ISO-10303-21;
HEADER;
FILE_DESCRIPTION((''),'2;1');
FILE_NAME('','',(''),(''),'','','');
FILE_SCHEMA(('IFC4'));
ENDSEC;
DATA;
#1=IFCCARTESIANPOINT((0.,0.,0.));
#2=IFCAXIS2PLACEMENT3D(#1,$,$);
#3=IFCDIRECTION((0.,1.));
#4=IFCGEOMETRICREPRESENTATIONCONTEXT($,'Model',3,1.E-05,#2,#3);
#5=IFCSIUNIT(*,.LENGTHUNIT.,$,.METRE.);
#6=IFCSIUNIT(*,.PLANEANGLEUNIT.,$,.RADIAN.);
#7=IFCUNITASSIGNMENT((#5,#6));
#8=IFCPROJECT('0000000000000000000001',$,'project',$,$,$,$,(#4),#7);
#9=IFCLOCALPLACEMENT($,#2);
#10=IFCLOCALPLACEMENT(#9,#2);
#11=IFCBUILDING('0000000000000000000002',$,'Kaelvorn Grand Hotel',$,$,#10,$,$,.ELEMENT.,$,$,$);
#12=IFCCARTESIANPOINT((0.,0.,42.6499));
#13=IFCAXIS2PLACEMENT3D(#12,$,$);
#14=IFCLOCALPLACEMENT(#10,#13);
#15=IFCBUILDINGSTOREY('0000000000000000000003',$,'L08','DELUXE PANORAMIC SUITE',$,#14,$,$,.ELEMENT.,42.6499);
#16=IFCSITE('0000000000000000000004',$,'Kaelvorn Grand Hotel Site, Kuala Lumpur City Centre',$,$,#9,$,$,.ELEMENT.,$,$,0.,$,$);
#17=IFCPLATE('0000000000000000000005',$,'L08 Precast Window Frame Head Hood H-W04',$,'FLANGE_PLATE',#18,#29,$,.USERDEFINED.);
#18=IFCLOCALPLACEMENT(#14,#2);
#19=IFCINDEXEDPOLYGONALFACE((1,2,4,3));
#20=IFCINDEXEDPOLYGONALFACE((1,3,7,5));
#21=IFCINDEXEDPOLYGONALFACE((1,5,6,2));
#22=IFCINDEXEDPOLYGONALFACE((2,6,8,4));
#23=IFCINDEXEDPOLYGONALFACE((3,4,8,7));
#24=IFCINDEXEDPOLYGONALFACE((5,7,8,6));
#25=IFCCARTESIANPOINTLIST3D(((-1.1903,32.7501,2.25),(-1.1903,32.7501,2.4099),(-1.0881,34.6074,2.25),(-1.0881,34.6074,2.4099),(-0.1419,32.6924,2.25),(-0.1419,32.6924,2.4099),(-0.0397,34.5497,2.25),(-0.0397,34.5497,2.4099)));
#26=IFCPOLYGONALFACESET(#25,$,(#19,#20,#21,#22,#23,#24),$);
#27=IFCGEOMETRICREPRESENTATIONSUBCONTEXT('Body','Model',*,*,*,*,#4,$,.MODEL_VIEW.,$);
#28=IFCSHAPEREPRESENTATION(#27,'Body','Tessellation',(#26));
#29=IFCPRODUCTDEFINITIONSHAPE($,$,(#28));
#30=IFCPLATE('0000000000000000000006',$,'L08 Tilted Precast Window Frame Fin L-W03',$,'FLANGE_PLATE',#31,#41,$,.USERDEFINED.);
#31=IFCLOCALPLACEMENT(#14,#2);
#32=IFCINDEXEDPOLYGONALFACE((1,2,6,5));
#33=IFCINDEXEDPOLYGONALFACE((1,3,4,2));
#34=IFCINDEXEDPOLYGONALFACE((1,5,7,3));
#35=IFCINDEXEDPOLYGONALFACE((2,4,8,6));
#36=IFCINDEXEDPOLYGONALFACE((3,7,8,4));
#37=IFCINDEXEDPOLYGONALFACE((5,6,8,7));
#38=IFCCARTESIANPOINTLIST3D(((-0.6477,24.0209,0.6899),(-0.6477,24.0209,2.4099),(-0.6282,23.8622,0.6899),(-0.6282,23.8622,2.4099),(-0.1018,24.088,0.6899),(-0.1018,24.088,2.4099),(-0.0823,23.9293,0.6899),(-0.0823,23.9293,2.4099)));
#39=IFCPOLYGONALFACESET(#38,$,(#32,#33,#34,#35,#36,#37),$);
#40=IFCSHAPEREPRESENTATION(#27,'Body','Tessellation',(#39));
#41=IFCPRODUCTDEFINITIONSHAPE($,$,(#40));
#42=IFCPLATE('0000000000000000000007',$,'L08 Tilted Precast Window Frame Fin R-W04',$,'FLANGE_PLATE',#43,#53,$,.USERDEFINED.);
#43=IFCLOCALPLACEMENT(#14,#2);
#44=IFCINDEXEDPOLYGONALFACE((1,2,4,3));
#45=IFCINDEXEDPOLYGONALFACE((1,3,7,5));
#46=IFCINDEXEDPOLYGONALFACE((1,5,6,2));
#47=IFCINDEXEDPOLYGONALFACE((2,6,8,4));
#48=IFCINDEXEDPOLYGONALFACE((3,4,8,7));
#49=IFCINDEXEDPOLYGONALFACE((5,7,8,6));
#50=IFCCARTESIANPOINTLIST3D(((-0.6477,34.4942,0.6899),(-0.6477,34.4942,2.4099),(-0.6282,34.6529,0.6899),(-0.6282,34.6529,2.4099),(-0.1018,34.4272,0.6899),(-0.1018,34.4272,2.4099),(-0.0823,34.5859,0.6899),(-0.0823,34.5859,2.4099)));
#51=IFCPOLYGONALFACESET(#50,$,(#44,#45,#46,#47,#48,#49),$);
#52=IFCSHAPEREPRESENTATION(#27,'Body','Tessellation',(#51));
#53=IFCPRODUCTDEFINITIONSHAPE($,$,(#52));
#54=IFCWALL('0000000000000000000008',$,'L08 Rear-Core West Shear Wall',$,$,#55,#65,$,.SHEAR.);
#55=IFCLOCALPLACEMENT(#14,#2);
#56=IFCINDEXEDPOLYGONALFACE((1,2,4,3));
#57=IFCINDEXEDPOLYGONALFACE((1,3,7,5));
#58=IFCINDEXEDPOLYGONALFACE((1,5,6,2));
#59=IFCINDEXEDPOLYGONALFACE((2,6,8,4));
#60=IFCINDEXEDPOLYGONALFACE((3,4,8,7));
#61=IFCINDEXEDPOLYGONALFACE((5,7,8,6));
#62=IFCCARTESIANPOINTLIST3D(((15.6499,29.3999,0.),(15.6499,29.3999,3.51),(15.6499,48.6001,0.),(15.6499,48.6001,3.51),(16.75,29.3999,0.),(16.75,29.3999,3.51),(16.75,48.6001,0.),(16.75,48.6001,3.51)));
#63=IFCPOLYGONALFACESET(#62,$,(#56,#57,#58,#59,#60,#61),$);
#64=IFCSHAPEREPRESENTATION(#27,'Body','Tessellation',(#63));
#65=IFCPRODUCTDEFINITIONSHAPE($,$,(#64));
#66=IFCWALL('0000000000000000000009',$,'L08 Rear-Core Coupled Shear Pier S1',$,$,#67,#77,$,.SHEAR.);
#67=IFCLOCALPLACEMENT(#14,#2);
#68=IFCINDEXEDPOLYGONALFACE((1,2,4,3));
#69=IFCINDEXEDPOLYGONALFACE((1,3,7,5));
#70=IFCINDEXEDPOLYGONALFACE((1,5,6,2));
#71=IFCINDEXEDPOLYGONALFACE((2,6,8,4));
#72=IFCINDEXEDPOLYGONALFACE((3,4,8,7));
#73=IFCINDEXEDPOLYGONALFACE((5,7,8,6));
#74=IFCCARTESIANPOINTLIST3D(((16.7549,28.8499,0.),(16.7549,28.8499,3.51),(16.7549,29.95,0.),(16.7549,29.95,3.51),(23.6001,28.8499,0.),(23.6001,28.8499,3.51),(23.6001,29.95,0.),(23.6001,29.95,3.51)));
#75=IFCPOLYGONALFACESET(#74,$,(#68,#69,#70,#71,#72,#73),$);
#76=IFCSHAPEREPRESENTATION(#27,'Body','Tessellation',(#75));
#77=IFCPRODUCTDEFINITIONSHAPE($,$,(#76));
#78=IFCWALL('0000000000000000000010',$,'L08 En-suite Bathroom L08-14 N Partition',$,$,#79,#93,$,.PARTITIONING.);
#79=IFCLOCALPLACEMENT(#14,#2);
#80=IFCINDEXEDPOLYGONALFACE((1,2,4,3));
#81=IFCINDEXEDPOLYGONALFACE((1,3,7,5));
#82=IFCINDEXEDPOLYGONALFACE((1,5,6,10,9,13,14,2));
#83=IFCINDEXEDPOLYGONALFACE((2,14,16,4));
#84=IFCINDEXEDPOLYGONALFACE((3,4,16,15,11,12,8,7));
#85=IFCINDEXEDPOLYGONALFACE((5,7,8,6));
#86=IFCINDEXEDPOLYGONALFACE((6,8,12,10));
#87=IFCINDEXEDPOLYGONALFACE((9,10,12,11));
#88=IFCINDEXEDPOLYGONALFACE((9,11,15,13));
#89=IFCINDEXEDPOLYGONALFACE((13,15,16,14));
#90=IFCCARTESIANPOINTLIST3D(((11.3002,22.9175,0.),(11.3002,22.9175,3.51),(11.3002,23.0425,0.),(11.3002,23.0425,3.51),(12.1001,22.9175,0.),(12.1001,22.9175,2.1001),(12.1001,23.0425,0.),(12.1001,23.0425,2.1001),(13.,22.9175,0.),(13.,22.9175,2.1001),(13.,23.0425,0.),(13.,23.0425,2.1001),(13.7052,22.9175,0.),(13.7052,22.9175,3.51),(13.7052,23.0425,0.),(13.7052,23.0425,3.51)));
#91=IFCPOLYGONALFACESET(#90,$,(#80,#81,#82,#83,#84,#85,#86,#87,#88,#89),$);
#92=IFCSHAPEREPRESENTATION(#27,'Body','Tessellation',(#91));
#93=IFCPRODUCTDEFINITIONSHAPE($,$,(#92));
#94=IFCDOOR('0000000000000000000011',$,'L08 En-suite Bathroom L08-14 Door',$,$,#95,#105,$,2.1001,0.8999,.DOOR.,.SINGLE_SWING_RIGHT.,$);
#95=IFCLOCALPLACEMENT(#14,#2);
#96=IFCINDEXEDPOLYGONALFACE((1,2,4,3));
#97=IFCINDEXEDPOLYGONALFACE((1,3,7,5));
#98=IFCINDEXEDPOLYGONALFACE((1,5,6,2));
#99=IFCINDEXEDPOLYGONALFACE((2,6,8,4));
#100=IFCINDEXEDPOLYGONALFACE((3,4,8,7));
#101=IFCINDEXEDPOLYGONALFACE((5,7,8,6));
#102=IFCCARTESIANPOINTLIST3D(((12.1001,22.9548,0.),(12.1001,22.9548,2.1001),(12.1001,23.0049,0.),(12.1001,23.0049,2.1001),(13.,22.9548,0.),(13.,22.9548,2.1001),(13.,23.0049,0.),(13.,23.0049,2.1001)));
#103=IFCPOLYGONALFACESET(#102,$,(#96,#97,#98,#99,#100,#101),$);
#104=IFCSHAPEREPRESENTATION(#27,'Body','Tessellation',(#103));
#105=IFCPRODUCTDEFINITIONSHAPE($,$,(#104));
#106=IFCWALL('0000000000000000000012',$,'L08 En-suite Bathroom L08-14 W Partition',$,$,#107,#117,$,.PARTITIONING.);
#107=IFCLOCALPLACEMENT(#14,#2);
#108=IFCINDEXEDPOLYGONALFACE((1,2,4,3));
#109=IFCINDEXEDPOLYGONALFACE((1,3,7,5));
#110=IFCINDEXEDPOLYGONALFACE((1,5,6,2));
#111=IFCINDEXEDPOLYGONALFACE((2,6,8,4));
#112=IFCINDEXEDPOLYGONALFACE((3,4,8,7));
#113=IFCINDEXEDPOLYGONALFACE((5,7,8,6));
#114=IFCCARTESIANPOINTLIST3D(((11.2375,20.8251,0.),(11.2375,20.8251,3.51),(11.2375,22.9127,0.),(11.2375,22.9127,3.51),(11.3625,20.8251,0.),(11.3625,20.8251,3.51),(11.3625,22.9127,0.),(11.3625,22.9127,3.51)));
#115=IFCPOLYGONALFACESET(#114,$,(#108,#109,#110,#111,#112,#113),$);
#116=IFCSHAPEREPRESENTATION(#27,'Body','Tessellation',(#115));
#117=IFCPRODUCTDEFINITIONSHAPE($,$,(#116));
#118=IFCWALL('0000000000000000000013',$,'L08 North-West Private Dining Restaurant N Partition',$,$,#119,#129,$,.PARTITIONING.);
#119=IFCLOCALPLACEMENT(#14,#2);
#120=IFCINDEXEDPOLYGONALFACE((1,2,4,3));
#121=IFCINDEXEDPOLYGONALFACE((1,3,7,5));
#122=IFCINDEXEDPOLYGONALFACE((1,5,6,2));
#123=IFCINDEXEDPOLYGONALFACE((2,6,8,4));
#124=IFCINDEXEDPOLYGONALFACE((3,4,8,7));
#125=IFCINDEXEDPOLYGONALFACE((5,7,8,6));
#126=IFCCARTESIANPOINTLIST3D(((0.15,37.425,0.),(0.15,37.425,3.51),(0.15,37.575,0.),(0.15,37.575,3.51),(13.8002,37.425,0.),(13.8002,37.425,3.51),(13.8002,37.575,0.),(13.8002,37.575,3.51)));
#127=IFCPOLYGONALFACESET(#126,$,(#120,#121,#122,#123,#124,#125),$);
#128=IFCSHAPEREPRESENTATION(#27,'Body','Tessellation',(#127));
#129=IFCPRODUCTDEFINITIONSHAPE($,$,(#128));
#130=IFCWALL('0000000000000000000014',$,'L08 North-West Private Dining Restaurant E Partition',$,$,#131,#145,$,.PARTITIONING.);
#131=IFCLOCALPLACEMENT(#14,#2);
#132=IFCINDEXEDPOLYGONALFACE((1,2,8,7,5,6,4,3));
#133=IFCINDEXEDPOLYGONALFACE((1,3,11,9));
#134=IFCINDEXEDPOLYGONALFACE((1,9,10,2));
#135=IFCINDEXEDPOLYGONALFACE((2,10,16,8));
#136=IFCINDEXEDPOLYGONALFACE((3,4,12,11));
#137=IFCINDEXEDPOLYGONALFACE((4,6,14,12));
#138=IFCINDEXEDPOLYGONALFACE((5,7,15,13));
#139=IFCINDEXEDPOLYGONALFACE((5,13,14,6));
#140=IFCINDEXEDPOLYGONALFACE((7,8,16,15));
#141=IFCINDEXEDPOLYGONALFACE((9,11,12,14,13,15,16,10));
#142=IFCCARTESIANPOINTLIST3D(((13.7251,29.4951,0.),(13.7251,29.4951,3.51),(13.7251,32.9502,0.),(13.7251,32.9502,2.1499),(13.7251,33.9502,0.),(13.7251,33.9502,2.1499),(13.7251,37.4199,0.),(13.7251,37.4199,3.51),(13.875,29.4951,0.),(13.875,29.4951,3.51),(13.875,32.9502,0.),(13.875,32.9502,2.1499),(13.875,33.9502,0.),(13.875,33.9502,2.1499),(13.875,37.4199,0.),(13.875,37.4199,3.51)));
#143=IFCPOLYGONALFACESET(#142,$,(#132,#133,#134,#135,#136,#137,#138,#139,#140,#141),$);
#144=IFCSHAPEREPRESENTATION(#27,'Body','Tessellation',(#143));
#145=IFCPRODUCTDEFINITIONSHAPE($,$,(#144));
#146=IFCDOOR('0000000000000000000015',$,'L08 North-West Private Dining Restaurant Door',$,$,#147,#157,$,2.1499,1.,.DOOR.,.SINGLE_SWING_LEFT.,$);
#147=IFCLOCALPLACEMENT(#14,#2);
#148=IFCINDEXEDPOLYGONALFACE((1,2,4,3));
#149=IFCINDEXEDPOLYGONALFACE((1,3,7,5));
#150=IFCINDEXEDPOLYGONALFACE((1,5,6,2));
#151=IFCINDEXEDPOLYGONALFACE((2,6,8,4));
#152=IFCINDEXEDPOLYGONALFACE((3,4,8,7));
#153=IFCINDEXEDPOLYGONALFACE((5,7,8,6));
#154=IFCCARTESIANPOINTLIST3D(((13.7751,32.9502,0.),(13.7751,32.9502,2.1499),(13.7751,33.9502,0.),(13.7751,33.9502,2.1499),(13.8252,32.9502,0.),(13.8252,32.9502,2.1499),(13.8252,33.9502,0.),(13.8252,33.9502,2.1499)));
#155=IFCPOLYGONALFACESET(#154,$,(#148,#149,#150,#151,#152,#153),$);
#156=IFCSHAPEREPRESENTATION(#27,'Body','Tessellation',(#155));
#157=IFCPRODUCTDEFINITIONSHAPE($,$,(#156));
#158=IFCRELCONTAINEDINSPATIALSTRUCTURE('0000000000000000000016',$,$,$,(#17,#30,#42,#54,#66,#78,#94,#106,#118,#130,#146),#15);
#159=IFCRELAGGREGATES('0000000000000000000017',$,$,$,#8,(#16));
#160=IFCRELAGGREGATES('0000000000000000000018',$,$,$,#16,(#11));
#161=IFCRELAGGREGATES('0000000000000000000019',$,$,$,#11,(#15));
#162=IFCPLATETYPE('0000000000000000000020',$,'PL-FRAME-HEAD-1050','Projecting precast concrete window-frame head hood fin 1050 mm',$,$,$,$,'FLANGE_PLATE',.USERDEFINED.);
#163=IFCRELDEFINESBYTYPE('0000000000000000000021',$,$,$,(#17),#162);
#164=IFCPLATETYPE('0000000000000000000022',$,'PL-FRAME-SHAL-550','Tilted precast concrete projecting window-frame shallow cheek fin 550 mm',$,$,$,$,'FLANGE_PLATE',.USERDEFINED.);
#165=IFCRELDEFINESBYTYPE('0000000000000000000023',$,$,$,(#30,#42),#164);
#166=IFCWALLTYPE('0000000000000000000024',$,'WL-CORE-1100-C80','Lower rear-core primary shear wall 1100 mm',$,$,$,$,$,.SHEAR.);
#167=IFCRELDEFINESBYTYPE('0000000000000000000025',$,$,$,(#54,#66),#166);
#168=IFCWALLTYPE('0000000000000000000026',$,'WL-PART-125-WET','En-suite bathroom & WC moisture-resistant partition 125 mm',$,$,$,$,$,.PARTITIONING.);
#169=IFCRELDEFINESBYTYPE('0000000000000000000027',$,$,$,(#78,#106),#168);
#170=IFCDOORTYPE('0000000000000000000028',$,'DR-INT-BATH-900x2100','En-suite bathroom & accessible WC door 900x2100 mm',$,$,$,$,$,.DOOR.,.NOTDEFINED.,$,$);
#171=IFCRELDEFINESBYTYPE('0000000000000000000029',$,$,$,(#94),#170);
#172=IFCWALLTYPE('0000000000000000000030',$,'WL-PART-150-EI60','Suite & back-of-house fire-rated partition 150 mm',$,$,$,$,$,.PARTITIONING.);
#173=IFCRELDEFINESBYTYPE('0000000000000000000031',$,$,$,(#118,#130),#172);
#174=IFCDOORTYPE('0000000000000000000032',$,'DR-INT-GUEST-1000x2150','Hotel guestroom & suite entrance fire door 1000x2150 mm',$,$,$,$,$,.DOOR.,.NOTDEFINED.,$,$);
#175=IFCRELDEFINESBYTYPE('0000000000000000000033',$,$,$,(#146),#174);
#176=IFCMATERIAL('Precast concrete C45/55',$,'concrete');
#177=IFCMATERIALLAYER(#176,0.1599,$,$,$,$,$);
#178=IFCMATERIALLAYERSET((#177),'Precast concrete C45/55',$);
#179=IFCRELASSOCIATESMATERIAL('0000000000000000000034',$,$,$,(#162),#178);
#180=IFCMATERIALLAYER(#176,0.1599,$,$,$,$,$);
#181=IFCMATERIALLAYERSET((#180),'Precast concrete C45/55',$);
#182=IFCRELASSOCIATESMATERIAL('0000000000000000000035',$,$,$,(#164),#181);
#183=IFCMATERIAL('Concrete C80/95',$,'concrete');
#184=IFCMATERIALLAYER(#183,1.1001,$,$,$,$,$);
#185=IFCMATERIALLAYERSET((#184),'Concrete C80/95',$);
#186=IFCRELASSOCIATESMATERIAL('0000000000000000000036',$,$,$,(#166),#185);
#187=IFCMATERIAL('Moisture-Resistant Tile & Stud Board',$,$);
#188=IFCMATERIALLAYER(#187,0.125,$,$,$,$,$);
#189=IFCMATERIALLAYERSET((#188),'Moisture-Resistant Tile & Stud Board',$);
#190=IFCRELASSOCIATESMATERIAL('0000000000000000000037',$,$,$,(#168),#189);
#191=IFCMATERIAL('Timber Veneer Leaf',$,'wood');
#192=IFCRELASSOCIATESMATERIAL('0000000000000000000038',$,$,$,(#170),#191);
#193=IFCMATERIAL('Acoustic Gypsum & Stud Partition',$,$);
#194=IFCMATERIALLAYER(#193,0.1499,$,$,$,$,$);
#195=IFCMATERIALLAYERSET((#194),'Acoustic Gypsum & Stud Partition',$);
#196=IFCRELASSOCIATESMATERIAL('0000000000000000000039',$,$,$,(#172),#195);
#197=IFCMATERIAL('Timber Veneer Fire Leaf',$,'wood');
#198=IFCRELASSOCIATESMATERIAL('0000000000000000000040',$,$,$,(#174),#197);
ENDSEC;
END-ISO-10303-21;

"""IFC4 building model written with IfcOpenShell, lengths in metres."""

from ifc_helpers import new_model, si_unit, direction, frame, frame_2d, origin, origin_2d, place, context, subcontext, project, spatial, rectangle, extrude, material, layer, layer_set, type_object, element, fill, save


model = new_model("IFC4")

# Units and contexts
model_context = context("Model", 3, precision=1e-05, world=origin(), true_north=direction((0.0, 1.0)))
body_context = subcontext(model_context, "Body", "Model", "MODEL_VIEW")
ifc_project = project(units=[si_unit("LENGTHUNIT", "METRE"), si_unit("PLANEANGLEUNIT", "RADIAN")], contexts=[model_context])

# Site, building, storey
site_placement = place(None, origin())
site = spatial("IfcSite", under=ifc_project, at=site_placement, Name="Kaelvorn Grand Hotel Site, Kuala Lumpur City Centre", CompositionType="ELEMENT", RefElevation=0.0)
building_placement = place(site_placement, origin())
building = spatial("IfcBuilding", under=site, at=building_placement, Name="Kaelvorn Grand Hotel", CompositionType="ELEMENT")
storey_placement = place(building_placement, frame((0.0, 0.0, 42.6499)))
storey = spatial("IfcBuildingStorey", under=building, at=storey_placement, Name="L08", Description="DELUXE PANORAMIC SUITE", CompositionType="ELEMENT", Elevation=42.6499)

# Shared definitions
ifc_material_1 = material(Name="Concrete C80/95", Category="concrete")

# Plates
ifc_material_2 = material(Name="Precast concrete C45/55", Category="concrete")
ifc_layer_1 = layer(ifc_material_2, 0.1599)
ifc_layer_set_1 = layer_set([ifc_layer_1], Name="Precast concrete C45/55")
plate_type_1 = type_object("IfcPlateType", Name="PL-FRAME-HEAD-1050", Description="Projecting precast concrete window-frame head hood fin 1050 mm", ElementType="FLANGE_PLATE", PredefinedType="USERDEFINED", material=ifc_layer_set_1)
for number, where, z_axis, x_axis, name in (
    (1, (-0.615, 33.6499, 2.25), (0.0, 0.0, 1.0), (0.05495, 0.998489, 0.0), "L08 Precast Window Frame Head Hood H-W04"),
):
    element("IfcPlate", number, at=place(storey_placement, frame(where, z_axis=z_axis, x_axis=x_axis)), inside=storey, type_object=plate_type_1, Name=name, ObjectType="FLANGE_PLATE", PredefinedType="USERDEFINED", context=body_context, shape_type="SweptSolid", body=[
        extrude(rectangle(XDim=1.8601, YDim=1.05, at=origin_2d()), origin(), (0.0, 0.0, 1.0), 0.1599),
    ])
ifc_layer_2 = layer(ifc_material_2, 0.1599)
ifc_layer_set_2 = layer_set([ifc_layer_2], Name="Precast concrete C45/55")
plate_type_2 = type_object("IfcPlateType", Name="PL-FRAME-SHAL-550", Description="Tilted precast concrete projecting window-frame shallow cheek fin 550 mm", ElementType="FLANGE_PLATE", PredefinedType="USERDEFINED", material=ifc_layer_set_2)
for number, where, z_axis, x_axis, name in (
    (2, (-0.365, 23.9751, 0.6899), (0.0, 0.0, 1.0), (-0.121869, 0.992546, 0.0), "L08 Tilted Precast Window Frame Fin L-W03"),
    (3, (-0.365, 34.54, 0.6899), (0.0, 0.0, 1.0), (0.121869, 0.992546, 0.0), "L08 Tilted Precast Window Frame Fin R-W04"),
):
    element("IfcPlate", number, at=place(storey_placement, frame(where, z_axis=z_axis, x_axis=x_axis)), inside=storey, type_object=plate_type_2, Name=name, ObjectType="FLANGE_PLATE", PredefinedType="USERDEFINED", context=body_context, shape_type="SweptSolid", body=[
        extrude(rectangle(XDim=0.1599, YDim=0.55, at=origin_2d()), origin(), (0.0, 0.0, 1.0), 1.72),
    ])

# Walls
ifc_layer_3 = layer(ifc_material_1, 1.1001)
ifc_layer_set_3 = layer_set([ifc_layer_3], Name="Concrete C80/95")
wall_type_1 = type_object("IfcWallType", Name="WL-CORE-1100-C80", Description="Lower rear-core primary shear wall 1100 mm", PredefinedType="SHEAR", material=ifc_layer_set_3)
wall_1_placement = place(storey_placement, frame((16.2, 29.3999, 0.0), z_axis=(0.0, 0.0, 1.0), x_axis=(0.0, 1.0, 0.0)))
element("IfcWall", 4, at=wall_1_placement, inside=storey, type_object=wall_type_1, Name="L08 Rear-Core West Shear Wall", PredefinedType="SHEAR", context=body_context, shape_type="SweptSolid", body=[
    extrude(rectangle(XDim=19.2002, YDim=1.1001, at=frame_2d((9.6001, 0.0))), origin(), (0.0, 0.0, 1.0), 3.51),
])
wall_2_placement = place(storey_placement, frame((16.7549, 29.3999, 0.0), z_axis=(0.0, 0.0, 1.0), x_axis=(1.0, 0.0, 0.0)))
element("IfcWall", 5, at=wall_2_placement, inside=storey, type_object=wall_type_1, Name="L08 Rear-Core Coupled Shear Pier S1", PredefinedType="SHEAR", context=body_context, shape_type="SweptSolid", body=[
    extrude(rectangle(XDim=6.8452, YDim=1.1001, at=frame_2d((3.4226, 0.0))), origin(), (0.0, 0.0, 1.0), 3.51),
])

# Wall, opening, door
ifc_material_3 = material(Name="Moisture-Resistant Tile & Stud Board")
ifc_layer_4 = layer(ifc_material_3, 0.125)
ifc_layer_set_4 = layer_set([ifc_layer_4], Name="Moisture-Resistant Tile & Stud Board")
wall_type_2 = type_object("IfcWallType", Name="WL-PART-125-WET", Description="En-suite bathroom & WC moisture-resistant partition 125 mm", PredefinedType="PARTITIONING", material=ifc_layer_set_4)
wall_3_placement = place(storey_placement, frame((11.3, 22.98, 0.0), z_axis=(0.0, 0.0, 1.0), x_axis=(1.0, 0.0, 0.0)))
wall_3 = element("IfcWall", 6, at=wall_3_placement, inside=storey, type_object=wall_type_2, Name="L08 En-suite Bathroom L08-14 N Partition", PredefinedType="PARTITIONING", context=body_context, shape_type="SweptSolid", body=[
    extrude(rectangle(XDim=2.405, YDim=0.125, at=frame_2d((1.2026, 0.0))), origin(), (0.0, 0.0, 1.0), 3.51),
])
opening_1_placement = place(wall_3_placement, frame((0.8, 0.0, 0.0)))
opening_1 = element("IfcOpeningElement", 7, at=opening_1_placement, cuts=wall_3, PredefinedType="OPENING", context=body_context, shape_type="SweptSolid", body=[
    extrude(rectangle(XDim=0.8999, YDim=2.1001, at=frame_2d((0.45, 1.05))), frame((0.0, 0.0725, 0.0), z_axis=(0.0, -1.0, 0.0), x_axis=(1.0, 0.0, 0.0)), (0.0, 0.0, 1.0), 0.145),
])
ifc_material_4 = material(Name="Timber Veneer Leaf", Category="wood")
door_type_1 = type_object("IfcDoorType", Name="DR-INT-BATH-900x2100", Description="En-suite bathroom & accessible WC door 900x2100 mm", OperationType="NOTDEFINED", PredefinedType="DOOR", material=ifc_material_4)
door_1_placement = place(opening_1_placement, origin())
door_1 = element("IfcDoor", 8, at=door_1_placement, inside=storey, type_object=door_type_1, Name="L08 En-suite Bathroom L08-14 Door", OperationType="SINGLE_SWING_RIGHT", OverallHeight=2.1001, OverallWidth=0.8999, PredefinedType="DOOR", context=body_context, shape_type="SweptSolid", body=[
    extrude(rectangle(XDim=0.8999, YDim=2.1001, at=frame_2d((0.45, 1.05))), frame((0.0, 0.0249, 0.0), z_axis=(0.0, -1.0, 0.0), x_axis=(1.0, 0.0, 0.0)), (0.0, 0.0, 1.0), 0.05),
])
fill(opening_1, door_1)

# Walls
wall_4_placement = place(storey_placement, frame((11.3, 20.825, 0.0), z_axis=(0.0, 0.0, 1.0), x_axis=(0.0, 1.0, 0.0)))
element("IfcWall", 9, at=wall_4_placement, inside=storey, type_object=wall_type_2, Name="L08 En-suite Bathroom L08-14 W Partition", PredefinedType="PARTITIONING", context=body_context, shape_type="SweptSolid", body=[
    extrude(rectangle(XDim=2.0876, YDim=0.125, at=frame_2d((1.0439, 0.0))), origin(), (0.0, 0.0, 1.0), 3.51),
])
ifc_material_5 = material(Name="Acoustic Gypsum & Stud Partition")
ifc_layer_5 = layer(ifc_material_5, 0.1499)
ifc_layer_set_5 = layer_set([ifc_layer_5], Name="Acoustic Gypsum & Stud Partition")
wall_type_3 = type_object("IfcWallType", Name="WL-PART-150-EI60", Description="Suite & back-of-house fire-rated partition 150 mm", PredefinedType="PARTITIONING", material=ifc_layer_set_5)
wall_5_placement = place(storey_placement, frame((0.1499, 37.5, 0.0), z_axis=(0.0, 0.0, 1.0), x_axis=(1.0, 0.0, 0.0)))
element("IfcWall", 10, at=wall_5_placement, inside=storey, type_object=wall_type_3, Name="L08 North-West Private Dining Restaurant N Partition", PredefinedType="PARTITIONING", context=body_context, shape_type="SweptSolid", body=[
    extrude(rectangle(XDim=13.6501, YDim=0.1499, at=frame_2d((6.8252, 0.0))), origin(), (0.0, 0.0, 1.0), 3.51),
])

# Wall, opening, door
wall_6_placement = place(storey_placement, frame((13.8, 29.4951, 0.0), z_axis=(0.0, 0.0, 1.0), x_axis=(0.0, 1.0, 0.0)))
wall_6 = element("IfcWall", 11, at=wall_6_placement, inside=storey, type_object=wall_type_3, Name="L08 North-West Private Dining Restaurant E Partition", PredefinedType="PARTITIONING", context=body_context, shape_type="SweptSolid", body=[
    extrude(rectangle(XDim=7.9248, YDim=0.1499, at=frame_2d((3.9624, 0.0))), origin(), (0.0, 0.0, 1.0), 3.51),
])
opening_2_placement = place(wall_6_placement, frame((3.4551, 0.0, 0.0)))
opening_2 = element("IfcOpeningElement", 12, at=opening_2_placement, cuts=wall_6, PredefinedType="OPENING", context=body_context, shape_type="SweptSolid", body=[
    extrude(rectangle(XDim=1.0, YDim=2.1499, at=frame_2d((0.5, 1.075))), frame((0.0, 0.085, 0.0), z_axis=(0.0, -1.0, 0.0), x_axis=(1.0, 0.0, 0.0)), (0.0, 0.0, 1.0), 0.1699),
])
ifc_material_6 = material(Name="Timber Veneer Fire Leaf", Category="wood")
door_type_2 = type_object("IfcDoorType", Name="DR-INT-GUEST-1000x2150", Description="Hotel guestroom & suite entrance fire door 1000x2150 mm", OperationType="NOTDEFINED", PredefinedType="DOOR", material=ifc_material_6)
door_2_placement = place(opening_2_placement, origin())
door_2 = element("IfcDoor", 13, at=door_2_placement, inside=storey, type_object=door_type_2, Name="L08 North-West Private Dining Restaurant Door", OperationType="SINGLE_SWING_LEFT", OverallHeight=2.1499, OverallWidth=1.0, PredefinedType="DOOR", context=body_context, shape_type="SweptSolid", body=[
    extrude(rectangle(XDim=1.0, YDim=2.1499, at=frame_2d((0.5, 1.075))), frame((0.0, 0.0249, 0.0), z_axis=(0.0, -1.0, 0.0), x_axis=(1.0, 0.0, 0.0)), (0.0, 0.0, 1.0), 0.05),
])
fill(opening_2, door_2)

save(model, "model.ifc")
